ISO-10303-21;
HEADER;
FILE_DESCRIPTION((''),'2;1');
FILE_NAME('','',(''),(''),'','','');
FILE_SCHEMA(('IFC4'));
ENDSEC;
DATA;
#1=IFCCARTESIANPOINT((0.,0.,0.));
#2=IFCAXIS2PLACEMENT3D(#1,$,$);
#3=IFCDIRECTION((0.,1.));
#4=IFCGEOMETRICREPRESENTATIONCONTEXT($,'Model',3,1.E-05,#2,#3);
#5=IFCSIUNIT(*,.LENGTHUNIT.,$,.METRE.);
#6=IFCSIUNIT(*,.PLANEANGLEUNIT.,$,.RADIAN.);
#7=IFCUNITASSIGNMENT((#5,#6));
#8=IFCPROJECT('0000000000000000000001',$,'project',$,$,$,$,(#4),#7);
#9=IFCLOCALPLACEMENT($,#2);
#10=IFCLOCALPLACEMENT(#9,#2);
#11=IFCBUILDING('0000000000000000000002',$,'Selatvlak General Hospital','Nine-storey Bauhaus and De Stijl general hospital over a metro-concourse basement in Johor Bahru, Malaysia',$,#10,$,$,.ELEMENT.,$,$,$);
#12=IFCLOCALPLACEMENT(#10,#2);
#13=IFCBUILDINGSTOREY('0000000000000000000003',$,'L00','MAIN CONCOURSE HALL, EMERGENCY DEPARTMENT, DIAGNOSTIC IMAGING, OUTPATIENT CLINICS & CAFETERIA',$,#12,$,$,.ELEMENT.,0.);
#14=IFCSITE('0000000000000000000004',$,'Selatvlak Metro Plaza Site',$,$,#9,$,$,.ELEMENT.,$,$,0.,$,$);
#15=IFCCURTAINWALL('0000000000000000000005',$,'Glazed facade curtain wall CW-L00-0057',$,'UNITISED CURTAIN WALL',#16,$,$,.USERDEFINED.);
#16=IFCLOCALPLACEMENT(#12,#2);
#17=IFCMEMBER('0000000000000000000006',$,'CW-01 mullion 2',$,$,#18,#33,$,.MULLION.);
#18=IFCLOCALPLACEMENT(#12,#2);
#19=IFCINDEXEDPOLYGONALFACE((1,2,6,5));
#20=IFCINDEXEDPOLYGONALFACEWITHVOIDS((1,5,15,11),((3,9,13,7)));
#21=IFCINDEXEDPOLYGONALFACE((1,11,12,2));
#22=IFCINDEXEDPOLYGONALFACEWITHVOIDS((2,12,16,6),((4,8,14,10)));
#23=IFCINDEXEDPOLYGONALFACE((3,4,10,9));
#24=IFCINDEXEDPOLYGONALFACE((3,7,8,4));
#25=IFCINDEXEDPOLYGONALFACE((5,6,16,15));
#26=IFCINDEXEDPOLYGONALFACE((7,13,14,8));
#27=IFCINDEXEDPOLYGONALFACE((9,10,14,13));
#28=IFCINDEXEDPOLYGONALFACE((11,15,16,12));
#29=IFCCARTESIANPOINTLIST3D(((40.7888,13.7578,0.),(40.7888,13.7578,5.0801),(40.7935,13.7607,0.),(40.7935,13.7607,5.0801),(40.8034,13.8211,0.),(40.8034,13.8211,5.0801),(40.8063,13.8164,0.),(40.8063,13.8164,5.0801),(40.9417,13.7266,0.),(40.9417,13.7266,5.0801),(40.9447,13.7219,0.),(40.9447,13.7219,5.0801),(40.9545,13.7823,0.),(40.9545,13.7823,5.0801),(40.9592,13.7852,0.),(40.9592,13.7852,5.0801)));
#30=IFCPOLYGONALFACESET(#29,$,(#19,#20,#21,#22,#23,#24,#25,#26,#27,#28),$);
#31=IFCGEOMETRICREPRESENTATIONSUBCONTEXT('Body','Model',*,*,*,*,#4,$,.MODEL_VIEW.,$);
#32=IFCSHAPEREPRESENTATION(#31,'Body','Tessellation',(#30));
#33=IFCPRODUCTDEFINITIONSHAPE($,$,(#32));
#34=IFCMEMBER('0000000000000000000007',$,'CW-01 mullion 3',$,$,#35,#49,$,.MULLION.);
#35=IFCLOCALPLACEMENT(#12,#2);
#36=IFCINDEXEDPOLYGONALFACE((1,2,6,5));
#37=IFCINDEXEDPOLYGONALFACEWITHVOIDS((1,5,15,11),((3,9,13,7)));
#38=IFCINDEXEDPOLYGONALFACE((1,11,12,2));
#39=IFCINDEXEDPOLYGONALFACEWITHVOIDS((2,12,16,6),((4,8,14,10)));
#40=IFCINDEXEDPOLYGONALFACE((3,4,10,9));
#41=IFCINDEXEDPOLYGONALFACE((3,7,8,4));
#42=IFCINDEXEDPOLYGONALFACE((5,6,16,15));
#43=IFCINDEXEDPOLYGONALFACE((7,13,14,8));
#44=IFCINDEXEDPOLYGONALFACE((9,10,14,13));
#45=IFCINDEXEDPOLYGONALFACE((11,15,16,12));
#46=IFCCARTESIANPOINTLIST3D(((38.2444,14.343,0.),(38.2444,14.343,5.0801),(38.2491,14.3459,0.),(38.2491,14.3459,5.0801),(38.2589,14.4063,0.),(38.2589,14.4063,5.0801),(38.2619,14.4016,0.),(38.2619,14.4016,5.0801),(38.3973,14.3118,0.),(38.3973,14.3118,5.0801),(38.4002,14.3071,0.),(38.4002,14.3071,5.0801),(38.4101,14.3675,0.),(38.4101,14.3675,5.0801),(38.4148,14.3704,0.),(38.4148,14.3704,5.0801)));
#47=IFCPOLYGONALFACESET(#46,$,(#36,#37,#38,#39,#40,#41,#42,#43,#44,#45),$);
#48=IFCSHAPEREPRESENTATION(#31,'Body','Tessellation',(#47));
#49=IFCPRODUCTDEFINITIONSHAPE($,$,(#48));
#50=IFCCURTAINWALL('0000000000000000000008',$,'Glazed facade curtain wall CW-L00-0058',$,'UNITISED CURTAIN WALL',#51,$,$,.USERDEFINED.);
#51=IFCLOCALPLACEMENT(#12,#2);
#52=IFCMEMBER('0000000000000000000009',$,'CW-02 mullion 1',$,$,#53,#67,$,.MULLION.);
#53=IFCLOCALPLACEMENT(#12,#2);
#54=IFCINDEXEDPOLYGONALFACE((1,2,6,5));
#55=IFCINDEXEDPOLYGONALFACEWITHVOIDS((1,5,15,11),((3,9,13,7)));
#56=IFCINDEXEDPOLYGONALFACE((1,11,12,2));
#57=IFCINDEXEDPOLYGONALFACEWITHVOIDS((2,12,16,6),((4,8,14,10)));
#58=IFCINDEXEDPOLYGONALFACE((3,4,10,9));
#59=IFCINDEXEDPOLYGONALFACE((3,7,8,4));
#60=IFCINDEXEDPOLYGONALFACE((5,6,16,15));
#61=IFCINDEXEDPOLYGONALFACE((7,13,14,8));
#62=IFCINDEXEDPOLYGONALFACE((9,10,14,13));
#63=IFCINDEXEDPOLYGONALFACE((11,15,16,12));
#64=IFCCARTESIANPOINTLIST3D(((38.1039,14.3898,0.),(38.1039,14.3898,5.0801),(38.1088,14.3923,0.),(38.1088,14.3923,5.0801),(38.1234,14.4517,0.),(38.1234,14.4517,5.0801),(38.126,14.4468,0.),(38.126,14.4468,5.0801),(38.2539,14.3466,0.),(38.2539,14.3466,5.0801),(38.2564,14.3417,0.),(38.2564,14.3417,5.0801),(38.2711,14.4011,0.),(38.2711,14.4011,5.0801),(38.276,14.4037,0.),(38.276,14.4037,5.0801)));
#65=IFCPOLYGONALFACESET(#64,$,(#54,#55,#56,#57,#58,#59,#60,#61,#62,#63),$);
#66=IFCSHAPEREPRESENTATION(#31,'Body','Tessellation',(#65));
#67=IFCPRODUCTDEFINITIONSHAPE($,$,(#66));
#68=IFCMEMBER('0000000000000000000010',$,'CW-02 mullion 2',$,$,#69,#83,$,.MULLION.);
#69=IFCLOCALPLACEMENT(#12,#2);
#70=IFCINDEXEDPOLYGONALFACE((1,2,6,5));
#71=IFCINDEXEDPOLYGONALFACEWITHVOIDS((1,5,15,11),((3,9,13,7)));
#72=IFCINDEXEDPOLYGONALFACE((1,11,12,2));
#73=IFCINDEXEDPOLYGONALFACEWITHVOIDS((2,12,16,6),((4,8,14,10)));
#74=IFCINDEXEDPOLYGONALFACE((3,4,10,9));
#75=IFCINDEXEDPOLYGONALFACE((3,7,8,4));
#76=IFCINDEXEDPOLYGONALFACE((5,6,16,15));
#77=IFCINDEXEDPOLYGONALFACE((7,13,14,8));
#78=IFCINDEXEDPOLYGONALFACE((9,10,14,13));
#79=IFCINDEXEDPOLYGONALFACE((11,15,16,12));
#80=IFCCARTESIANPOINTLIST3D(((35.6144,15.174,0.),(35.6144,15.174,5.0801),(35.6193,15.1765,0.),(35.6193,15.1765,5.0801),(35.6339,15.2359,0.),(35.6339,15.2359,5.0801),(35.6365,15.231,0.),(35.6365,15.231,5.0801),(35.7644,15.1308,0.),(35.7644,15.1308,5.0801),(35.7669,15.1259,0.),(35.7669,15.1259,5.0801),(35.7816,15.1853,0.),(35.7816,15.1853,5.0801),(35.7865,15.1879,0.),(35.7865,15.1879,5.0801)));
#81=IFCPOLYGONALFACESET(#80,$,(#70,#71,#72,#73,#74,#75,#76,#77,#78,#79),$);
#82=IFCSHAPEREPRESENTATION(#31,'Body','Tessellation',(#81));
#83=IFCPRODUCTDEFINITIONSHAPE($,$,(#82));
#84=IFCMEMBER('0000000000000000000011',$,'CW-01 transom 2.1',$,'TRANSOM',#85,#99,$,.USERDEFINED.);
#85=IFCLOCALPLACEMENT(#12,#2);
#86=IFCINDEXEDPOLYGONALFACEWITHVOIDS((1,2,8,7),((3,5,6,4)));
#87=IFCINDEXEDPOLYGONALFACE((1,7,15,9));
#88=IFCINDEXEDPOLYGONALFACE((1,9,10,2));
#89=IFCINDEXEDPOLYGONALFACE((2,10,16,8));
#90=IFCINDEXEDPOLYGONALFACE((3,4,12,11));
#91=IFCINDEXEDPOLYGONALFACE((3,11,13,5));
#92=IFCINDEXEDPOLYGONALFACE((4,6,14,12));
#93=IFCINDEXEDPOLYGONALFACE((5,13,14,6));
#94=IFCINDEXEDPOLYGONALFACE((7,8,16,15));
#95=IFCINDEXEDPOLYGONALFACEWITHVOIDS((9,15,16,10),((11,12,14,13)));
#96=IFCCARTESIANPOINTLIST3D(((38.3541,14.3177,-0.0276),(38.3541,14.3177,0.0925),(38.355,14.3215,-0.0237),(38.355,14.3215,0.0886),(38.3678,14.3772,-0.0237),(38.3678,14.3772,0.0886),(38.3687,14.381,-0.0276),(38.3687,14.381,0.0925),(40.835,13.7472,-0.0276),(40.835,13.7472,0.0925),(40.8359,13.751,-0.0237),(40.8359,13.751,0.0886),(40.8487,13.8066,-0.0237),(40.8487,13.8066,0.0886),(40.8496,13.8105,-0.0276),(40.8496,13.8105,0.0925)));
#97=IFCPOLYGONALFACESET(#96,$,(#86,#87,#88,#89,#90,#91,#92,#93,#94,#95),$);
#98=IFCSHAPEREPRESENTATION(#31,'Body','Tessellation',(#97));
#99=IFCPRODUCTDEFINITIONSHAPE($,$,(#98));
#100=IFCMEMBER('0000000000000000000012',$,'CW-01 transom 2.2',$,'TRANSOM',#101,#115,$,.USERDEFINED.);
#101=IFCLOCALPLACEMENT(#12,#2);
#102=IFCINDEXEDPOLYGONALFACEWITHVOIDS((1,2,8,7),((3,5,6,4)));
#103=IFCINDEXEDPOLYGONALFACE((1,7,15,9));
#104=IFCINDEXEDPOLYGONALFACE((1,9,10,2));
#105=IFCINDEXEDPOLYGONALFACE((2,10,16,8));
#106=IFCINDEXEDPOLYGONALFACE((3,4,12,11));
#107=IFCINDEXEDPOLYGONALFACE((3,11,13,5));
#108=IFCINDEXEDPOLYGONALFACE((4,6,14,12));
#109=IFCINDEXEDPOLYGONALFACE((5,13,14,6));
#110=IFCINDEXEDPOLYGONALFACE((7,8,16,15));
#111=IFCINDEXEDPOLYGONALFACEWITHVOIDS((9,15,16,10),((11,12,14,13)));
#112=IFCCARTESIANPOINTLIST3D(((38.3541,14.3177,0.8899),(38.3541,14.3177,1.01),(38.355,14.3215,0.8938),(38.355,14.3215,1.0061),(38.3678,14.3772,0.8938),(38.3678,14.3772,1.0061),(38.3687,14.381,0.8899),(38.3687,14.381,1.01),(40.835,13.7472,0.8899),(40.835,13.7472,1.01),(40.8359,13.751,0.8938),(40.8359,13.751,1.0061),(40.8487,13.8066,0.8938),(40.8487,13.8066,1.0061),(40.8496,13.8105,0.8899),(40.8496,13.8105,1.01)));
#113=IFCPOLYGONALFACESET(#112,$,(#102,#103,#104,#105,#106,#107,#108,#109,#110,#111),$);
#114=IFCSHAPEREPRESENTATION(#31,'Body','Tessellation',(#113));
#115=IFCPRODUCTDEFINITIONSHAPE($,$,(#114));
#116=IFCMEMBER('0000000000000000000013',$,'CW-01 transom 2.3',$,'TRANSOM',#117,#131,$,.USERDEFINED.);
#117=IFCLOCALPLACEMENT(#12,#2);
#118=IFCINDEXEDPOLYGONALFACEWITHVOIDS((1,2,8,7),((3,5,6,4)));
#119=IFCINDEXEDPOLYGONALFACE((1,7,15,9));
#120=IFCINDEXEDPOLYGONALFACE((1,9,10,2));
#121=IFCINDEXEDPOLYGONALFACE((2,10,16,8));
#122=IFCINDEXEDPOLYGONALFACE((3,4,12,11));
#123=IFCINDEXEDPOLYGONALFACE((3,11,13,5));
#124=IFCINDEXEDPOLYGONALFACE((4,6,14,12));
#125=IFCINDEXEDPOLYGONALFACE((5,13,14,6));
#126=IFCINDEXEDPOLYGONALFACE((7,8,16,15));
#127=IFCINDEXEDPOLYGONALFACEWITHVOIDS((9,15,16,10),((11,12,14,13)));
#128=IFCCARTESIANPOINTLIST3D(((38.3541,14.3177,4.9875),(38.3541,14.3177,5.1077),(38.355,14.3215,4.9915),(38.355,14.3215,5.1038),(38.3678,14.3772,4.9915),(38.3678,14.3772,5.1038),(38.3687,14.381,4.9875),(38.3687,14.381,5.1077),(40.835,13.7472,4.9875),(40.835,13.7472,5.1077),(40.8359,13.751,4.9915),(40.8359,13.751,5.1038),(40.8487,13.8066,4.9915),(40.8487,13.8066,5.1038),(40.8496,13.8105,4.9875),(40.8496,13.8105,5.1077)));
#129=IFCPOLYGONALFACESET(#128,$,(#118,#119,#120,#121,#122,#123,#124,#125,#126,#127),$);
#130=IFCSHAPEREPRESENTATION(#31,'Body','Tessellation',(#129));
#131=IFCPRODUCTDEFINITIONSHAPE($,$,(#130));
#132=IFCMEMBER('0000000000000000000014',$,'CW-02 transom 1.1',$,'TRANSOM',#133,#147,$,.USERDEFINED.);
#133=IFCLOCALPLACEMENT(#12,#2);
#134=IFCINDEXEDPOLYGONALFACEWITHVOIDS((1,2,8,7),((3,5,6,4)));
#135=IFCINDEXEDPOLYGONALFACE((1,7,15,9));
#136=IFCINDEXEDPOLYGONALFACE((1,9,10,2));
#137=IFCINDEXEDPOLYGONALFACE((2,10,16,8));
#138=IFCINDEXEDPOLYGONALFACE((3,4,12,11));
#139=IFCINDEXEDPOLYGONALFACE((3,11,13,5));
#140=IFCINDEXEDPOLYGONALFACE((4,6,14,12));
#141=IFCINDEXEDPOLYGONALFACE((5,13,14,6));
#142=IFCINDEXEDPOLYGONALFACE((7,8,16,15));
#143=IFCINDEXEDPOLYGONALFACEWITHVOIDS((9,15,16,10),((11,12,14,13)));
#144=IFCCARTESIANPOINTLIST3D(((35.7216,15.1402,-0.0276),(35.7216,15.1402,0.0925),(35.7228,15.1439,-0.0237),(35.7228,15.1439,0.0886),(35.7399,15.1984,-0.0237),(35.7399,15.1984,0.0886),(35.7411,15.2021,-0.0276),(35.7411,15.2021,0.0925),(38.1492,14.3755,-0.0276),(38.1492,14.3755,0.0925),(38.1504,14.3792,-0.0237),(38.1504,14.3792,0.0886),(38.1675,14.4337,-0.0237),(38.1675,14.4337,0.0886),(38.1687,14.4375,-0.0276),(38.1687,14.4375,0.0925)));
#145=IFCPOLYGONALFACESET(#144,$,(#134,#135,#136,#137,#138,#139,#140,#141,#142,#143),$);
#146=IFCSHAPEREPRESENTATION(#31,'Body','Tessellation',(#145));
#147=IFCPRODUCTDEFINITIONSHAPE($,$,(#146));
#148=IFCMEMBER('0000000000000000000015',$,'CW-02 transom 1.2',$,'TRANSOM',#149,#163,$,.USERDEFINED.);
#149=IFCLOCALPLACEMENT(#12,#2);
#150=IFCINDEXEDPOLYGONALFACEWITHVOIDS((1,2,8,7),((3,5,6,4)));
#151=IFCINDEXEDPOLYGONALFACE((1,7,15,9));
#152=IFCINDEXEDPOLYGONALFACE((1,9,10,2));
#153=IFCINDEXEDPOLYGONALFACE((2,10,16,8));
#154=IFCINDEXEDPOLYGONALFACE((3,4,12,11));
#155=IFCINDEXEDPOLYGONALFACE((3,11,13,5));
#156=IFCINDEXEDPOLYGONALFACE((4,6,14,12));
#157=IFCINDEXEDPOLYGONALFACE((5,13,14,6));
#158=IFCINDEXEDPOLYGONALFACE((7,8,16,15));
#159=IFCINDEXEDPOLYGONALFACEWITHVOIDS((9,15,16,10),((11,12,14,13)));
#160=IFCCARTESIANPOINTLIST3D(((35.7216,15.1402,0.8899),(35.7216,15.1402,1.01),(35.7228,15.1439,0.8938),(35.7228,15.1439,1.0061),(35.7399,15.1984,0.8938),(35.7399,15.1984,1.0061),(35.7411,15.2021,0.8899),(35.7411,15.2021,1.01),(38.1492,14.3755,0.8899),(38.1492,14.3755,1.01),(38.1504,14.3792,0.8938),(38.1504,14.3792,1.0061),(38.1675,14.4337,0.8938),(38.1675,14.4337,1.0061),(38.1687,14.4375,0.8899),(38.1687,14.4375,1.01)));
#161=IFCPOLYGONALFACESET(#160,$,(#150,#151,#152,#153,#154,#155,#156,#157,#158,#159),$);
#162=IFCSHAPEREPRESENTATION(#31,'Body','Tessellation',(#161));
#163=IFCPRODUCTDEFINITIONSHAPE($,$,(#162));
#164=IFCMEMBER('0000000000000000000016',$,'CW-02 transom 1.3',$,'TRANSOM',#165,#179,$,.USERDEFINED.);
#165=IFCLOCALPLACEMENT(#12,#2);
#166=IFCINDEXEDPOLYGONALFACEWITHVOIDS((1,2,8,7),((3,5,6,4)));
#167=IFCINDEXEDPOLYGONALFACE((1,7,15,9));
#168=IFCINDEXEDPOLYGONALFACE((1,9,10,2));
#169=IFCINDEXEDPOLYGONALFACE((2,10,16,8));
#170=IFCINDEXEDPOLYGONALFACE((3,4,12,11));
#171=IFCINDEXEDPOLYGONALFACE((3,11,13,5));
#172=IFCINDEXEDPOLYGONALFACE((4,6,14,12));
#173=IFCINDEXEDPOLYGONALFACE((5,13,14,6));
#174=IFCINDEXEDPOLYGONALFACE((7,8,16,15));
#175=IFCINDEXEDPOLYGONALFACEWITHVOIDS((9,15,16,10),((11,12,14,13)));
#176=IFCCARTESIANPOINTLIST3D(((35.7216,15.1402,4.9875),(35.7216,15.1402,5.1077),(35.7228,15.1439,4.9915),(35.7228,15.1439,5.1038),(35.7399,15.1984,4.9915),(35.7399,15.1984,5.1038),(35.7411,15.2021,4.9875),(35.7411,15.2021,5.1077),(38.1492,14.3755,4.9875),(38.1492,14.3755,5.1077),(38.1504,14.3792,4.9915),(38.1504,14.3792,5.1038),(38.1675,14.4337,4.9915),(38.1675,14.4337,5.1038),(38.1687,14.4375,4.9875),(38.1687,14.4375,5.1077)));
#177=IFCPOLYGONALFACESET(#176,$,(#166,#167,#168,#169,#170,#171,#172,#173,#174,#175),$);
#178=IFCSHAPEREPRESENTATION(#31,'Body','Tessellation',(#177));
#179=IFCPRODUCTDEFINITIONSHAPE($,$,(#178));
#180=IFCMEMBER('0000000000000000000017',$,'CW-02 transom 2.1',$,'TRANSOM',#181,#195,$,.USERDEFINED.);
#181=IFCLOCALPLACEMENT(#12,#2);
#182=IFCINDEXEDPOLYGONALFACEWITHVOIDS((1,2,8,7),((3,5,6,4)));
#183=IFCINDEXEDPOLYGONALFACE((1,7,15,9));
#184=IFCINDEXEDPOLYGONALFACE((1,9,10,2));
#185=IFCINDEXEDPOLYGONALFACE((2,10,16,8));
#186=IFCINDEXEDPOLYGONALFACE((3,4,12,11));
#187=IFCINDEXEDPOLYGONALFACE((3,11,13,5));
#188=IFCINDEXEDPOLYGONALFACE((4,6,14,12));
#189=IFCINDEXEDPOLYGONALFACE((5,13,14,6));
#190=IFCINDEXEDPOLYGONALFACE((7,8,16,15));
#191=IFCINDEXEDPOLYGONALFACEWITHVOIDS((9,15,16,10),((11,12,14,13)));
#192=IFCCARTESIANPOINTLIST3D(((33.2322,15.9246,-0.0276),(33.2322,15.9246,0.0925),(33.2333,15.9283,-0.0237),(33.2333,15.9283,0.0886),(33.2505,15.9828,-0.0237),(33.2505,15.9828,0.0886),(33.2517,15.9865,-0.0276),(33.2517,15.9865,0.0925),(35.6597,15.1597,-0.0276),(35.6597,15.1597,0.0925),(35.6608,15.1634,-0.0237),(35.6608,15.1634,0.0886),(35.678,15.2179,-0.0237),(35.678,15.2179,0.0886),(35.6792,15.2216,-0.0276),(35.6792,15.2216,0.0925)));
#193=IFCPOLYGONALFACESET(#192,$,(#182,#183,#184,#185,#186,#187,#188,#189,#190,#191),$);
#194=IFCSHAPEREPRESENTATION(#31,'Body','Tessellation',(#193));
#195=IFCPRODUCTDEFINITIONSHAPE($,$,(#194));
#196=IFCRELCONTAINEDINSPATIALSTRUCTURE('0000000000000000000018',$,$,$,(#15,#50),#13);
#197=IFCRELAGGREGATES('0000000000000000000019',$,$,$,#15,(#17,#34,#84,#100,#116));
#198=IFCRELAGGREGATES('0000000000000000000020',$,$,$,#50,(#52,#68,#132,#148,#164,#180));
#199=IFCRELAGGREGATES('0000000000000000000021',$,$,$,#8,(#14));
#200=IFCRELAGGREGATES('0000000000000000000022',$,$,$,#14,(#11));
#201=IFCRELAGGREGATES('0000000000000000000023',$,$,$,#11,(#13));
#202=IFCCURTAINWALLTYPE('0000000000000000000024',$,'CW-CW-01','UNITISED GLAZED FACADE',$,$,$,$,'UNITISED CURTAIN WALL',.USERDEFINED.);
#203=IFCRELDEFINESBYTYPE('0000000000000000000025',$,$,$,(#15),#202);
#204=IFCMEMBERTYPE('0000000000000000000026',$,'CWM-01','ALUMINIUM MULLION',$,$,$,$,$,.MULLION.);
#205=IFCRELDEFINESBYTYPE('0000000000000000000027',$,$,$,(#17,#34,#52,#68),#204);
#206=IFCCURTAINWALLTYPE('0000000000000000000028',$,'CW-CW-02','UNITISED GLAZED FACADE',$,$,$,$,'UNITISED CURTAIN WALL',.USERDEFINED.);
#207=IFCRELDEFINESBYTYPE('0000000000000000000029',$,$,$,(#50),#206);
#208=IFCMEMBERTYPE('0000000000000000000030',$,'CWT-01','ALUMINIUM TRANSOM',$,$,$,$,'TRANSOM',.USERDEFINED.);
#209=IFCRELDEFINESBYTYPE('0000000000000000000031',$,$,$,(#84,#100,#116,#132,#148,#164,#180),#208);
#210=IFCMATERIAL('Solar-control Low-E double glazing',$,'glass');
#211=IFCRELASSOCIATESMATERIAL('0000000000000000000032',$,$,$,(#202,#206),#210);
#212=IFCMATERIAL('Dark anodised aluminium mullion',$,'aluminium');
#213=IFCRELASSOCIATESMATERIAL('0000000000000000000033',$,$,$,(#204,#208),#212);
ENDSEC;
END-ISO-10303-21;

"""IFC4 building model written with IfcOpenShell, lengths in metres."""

from ifc_helpers import new_model, si_unit, direction, frame, origin, origin_2d, place, context, subcontext, project, spatial, hollow_rectangle, extrude, material, material_profile, profile_set, type_object, element, aggregate, save


model = new_model("IFC4")

# Units and contexts
model_context = context("Model", 3, precision=1e-05, world=origin(), true_north=direction((0.0, 1.0)))
body_context = subcontext(model_context, "Body", "Model", "MODEL_VIEW")
ifc_project = project(units=[si_unit("LENGTHUNIT", "METRE"), si_unit("PLANEANGLEUNIT", "RADIAN")], contexts=[model_context])

# Site, building, storey
site_placement = place(None, origin())
site = spatial("IfcSite", under=ifc_project, at=site_placement, Name="Selatvlak Metro Plaza Site", CompositionType="ELEMENT", RefElevation=0.0)
building_placement = place(site_placement, origin())
building = spatial("IfcBuilding", under=site, at=building_placement, Name="Selatvlak General Hospital", Description="Nine-storey Bauhaus and De Stijl general hospital over a metro-concourse basement in Johor Bahru, Malaysia", CompositionType="ELEMENT")
storey_placement = place(building_placement, origin())
storey = spatial("IfcBuildingStorey", under=building, at=storey_placement, Name="L00", Description="MAIN CONCOURSE HALL, EMERGENCY DEPARTMENT, DIAGNOSTIC IMAGING, OUTPATIENT CLINICS & CAFETERIA", CompositionType="ELEMENT", Elevation=0.0)

# Curtain walls, members
ifc_material_1 = material(Name="Solar-control Low-E double glazing", Category="glass")
curtain_wall_type_1 = type_object("IfcCurtainWallType", Name="CW-CW-01", Description="UNITISED GLAZED FACADE", ElementType="UNITISED CURTAIN WALL", PredefinedType="USERDEFINED", material=ifc_material_1)
curtain_wall_1_placement = place(storey_placement, origin())
curtain_wall_1 = element("IfcCurtainWall", 1, at=curtain_wall_1_placement, inside=storey, type_object=curtain_wall_type_1, Name="Glazed facade curtain wall CW-L00-0057", ObjectType="UNITISED CURTAIN WALL", PredefinedType="USERDEFINED")
ifc_material_2 = material(Name="Dark anodised aluminium mullion", Category="aluminium")
ifc_material_profile_1 = material_profile(ifc_material_2, hollow_rectangle(XDim=0.0649, YDim=0.1599, WallThickness=0.0039, at=origin_2d()), Name="AL-MUL 65x160x4")
ifc_profile_set_1 = profile_set([ifc_material_profile_1], Name="Dark anodised aluminium mullion")
member_type_1 = type_object("IfcMemberType", Name="CWM-01", Description="ALUMINIUM MULLION", PredefinedType="MULLION", material=ifc_profile_set_1)
member_1_placement = place(storey_placement, frame((40.874, 13.7715, 0.0), z_axis=(0.0, 0.0, 1.0), x_axis=(-0.224155, -0.974554, 0.0)))
member_1 = element("IfcMember", 2, at=member_1_placement, type_object=member_type_1, Name="CW-01 mullion 2", PredefinedType="MULLION", context=body_context, shape_type="SweptSolid", body=[
    extrude(hollow_rectangle(XDim=0.0649, YDim=0.1599, WallThickness=0.0039, at=origin_2d()), origin(), (0.0, 0.0, 1.0), 5.0801),
])
member_2_placement = place(storey_placement, frame((38.3296, 14.3567, 0.0), z_axis=(0.0, 0.0, 1.0), x_axis=(-0.224155, -0.974554, 0.0)))
member_2 = element("IfcMember", 3, at=member_2_placement, type_object=member_type_1, Name="CW-01 mullion 3", PredefinedType="MULLION", context=body_context, shape_type="SweptSolid", body=[
    extrude(hollow_rectangle(XDim=0.0649, YDim=0.1599, WallThickness=0.0039, at=origin_2d()), origin(), (0.0, 0.0, 1.0), 5.0801),
])
curtain_wall_type_2 = type_object("IfcCurtainWallType", Name="CW-CW-02", Description="UNITISED GLAZED FACADE", ElementType="UNITISED CURTAIN WALL", PredefinedType="USERDEFINED", material=ifc_material_1)
curtain_wall_2_placement = place(storey_placement, origin())
curtain_wall_2 = element("IfcCurtainWall", 4, at=curtain_wall_2_placement, inside=storey, type_object=curtain_wall_type_2, Name="Glazed facade curtain wall CW-L00-0058", ObjectType="UNITISED CURTAIN WALL", PredefinedType="USERDEFINED")
member_3_placement = place(storey_placement, frame((38.1899, 14.3967, 0.0), z_axis=(0.0, 0.0, 1.0), x_axis=(-0.300461, -0.953794, 0.0)))
member_3 = element("IfcMember", 5, at=member_3_placement, type_object=member_type_1, Name="CW-02 mullion 1", PredefinedType="MULLION", context=body_context, shape_type="SweptSolid", body=[
    extrude(hollow_rectangle(XDim=0.0649, YDim=0.1599, WallThickness=0.0039, at=origin_2d()), origin(), (0.0, 0.0, 1.0), 5.0801),
])
member_4_placement = place(storey_placement, frame((35.7004, 15.1809, 0.0), z_axis=(0.0, 0.0, 1.0), x_axis=(-0.300461, -0.953794, 0.0)))
member_4 = element("IfcMember", 6, at=member_4_placement, type_object=member_type_1, Name="CW-02 mullion 2", PredefinedType="MULLION", context=body_context, shape_type="SweptSolid", body=[
    extrude(hollow_rectangle(XDim=0.0649, YDim=0.1599, WallThickness=0.0039, at=origin_2d()), origin(), (0.0, 0.0, 1.0), 5.0801),
])

# Members
ifc_material_profile_2 = material_profile(ifc_material_2, hollow_rectangle(XDim=0.0649, YDim=0.1201, WallThickness=0.0039, at=origin_2d()), Name="AL-TRN 65x120x4")
ifc_profile_set_2 = profile_set([ifc_material_profile_2], Name="Dark anodised aluminium mullion")
member_type_2 = type_object("IfcMemberType", Name="CWT-01", Description="ALUMINIUM TRANSOM", ElementType="TRANSOM", PredefinedType="USERDEFINED", material=ifc_profile_set_2)
member_5_placement = place(storey_placement, frame((40.8423, 13.7788, 0.0325), z_axis=(-0.974561, 0.224124, 0.0), x_axis=(-0.224124, -0.974561, 0.0)))
member_5 = element("IfcMember", 7, at=member_5_placement, type_object=member_type_2, Name="CW-01 transom 2.1", ObjectType="TRANSOM", PredefinedType="USERDEFINED", context=body_context, shape_type="SweptSolid", body=[
    extrude(hollow_rectangle(XDim=0.0649, YDim=0.1201, WallThickness=0.0039, at=origin_2d()), origin(), (0.0, 0.0, 1.0), 2.5457),
])
member_6_placement = place(storey_placement, frame((40.8423, 13.7788, 0.95), z_axis=(-0.974561, 0.224124, 0.0), x_axis=(-0.224124, -0.974561, 0.0)))
member_6 = element("IfcMember", 8, at=member_6_placement, type_object=member_type_2, Name="CW-01 transom 2.2", ObjectType="TRANSOM", PredefinedType="USERDEFINED", context=body_context, shape_type="SweptSolid", body=[
    extrude(hollow_rectangle(XDim=0.0649, YDim=0.1201, WallThickness=0.0039, at=origin_2d()), origin(), (0.0, 0.0, 1.0), 2.5457),
])
member_7_placement = place(storey_placement, frame((40.8423, 13.7788, 5.0476), z_axis=(-0.974561, 0.224124, 0.0), x_axis=(-0.224124, -0.974561, 0.0)))
member_7 = element("IfcMember", 9, at=member_7_placement, type_object=member_type_2, Name="CW-01 transom 2.3", ObjectType="TRANSOM", PredefinedType="USERDEFINED", context=body_context, shape_type="SweptSolid", body=[
    extrude(hollow_rectangle(XDim=0.0649, YDim=0.1201, WallThickness=0.0039, at=origin_2d()), origin(), (0.0, 0.0, 1.0), 2.5457),
])
member_8_placement = place(storey_placement, frame((38.1589, 14.4065, 0.0325), z_axis=(-0.9538, 0.300443, 0.0), x_axis=(-0.300443, -0.9538, 0.0)))
member_8 = element("IfcMember", 10, at=member_8_placement, type_object=member_type_2, Name="CW-02 transom 1.1", ObjectType="TRANSOM", PredefinedType="USERDEFINED", context=body_context, shape_type="SweptSolid", body=[
    extrude(hollow_rectangle(XDim=0.0649, YDim=0.1201, WallThickness=0.0039, at=origin_2d()), origin(), (0.0, 0.0, 1.0), 2.5452),
])
member_9_placement = place(storey_placement, frame((38.1589, 14.4065, 0.95), z_axis=(-0.9538, 0.300443, 0.0), x_axis=(-0.300443, -0.9538, 0.0)))
member_9 = element("IfcMember", 11, at=member_9_placement, type_object=member_type_2, Name="CW-02 transom 1.2", ObjectType="TRANSOM", PredefinedType="USERDEFINED", context=body_context, shape_type="SweptSolid", body=[
    extrude(hollow_rectangle(XDim=0.0649, YDim=0.1201, WallThickness=0.0039, at=origin_2d()), origin(), (0.0, 0.0, 1.0), 2.5452),
])
member_10_placement = place(storey_placement, frame((38.1589, 14.4065, 5.0476), z_axis=(-0.9538, 0.300443, 0.0), x_axis=(-0.300443, -0.9538, 0.0)))
member_10 = element("IfcMember", 12, at=member_10_placement, type_object=member_type_2, Name="CW-02 transom 1.3", ObjectType="TRANSOM", PredefinedType="USERDEFINED", context=body_context, shape_type="SweptSolid", body=[
    extrude(hollow_rectangle(XDim=0.0649, YDim=0.1201, WallThickness=0.0039, at=origin_2d()), origin(), (0.0, 0.0, 1.0), 2.5452),
])
member_11_placement = place(storey_placement, frame((35.6694, 15.1907, 0.0325), z_axis=(-0.953772, 0.30053, 0.0), x_axis=(-0.30053, -0.953772, 0.0)))
member_11 = element("IfcMember", 13, at=member_11_placement, type_object=member_type_2, Name="CW-02 transom 2.1", ObjectType="TRANSOM", PredefinedType="USERDEFINED", context=body_context, shape_type="SweptSolid", body=[
    extrude(hollow_rectangle(XDim=0.0649, YDim=0.1201, WallThickness=0.0039, at=origin_2d()), origin(), (0.0, 0.0, 1.0), 2.5452),
])

aggregate(curtain_wall_1, [member_1, member_2, member_5, member_6, member_7])
aggregate(curtain_wall_2, [member_3, member_4, member_8, member_9, member_10, member_11])

save(model, "model.ifc")
